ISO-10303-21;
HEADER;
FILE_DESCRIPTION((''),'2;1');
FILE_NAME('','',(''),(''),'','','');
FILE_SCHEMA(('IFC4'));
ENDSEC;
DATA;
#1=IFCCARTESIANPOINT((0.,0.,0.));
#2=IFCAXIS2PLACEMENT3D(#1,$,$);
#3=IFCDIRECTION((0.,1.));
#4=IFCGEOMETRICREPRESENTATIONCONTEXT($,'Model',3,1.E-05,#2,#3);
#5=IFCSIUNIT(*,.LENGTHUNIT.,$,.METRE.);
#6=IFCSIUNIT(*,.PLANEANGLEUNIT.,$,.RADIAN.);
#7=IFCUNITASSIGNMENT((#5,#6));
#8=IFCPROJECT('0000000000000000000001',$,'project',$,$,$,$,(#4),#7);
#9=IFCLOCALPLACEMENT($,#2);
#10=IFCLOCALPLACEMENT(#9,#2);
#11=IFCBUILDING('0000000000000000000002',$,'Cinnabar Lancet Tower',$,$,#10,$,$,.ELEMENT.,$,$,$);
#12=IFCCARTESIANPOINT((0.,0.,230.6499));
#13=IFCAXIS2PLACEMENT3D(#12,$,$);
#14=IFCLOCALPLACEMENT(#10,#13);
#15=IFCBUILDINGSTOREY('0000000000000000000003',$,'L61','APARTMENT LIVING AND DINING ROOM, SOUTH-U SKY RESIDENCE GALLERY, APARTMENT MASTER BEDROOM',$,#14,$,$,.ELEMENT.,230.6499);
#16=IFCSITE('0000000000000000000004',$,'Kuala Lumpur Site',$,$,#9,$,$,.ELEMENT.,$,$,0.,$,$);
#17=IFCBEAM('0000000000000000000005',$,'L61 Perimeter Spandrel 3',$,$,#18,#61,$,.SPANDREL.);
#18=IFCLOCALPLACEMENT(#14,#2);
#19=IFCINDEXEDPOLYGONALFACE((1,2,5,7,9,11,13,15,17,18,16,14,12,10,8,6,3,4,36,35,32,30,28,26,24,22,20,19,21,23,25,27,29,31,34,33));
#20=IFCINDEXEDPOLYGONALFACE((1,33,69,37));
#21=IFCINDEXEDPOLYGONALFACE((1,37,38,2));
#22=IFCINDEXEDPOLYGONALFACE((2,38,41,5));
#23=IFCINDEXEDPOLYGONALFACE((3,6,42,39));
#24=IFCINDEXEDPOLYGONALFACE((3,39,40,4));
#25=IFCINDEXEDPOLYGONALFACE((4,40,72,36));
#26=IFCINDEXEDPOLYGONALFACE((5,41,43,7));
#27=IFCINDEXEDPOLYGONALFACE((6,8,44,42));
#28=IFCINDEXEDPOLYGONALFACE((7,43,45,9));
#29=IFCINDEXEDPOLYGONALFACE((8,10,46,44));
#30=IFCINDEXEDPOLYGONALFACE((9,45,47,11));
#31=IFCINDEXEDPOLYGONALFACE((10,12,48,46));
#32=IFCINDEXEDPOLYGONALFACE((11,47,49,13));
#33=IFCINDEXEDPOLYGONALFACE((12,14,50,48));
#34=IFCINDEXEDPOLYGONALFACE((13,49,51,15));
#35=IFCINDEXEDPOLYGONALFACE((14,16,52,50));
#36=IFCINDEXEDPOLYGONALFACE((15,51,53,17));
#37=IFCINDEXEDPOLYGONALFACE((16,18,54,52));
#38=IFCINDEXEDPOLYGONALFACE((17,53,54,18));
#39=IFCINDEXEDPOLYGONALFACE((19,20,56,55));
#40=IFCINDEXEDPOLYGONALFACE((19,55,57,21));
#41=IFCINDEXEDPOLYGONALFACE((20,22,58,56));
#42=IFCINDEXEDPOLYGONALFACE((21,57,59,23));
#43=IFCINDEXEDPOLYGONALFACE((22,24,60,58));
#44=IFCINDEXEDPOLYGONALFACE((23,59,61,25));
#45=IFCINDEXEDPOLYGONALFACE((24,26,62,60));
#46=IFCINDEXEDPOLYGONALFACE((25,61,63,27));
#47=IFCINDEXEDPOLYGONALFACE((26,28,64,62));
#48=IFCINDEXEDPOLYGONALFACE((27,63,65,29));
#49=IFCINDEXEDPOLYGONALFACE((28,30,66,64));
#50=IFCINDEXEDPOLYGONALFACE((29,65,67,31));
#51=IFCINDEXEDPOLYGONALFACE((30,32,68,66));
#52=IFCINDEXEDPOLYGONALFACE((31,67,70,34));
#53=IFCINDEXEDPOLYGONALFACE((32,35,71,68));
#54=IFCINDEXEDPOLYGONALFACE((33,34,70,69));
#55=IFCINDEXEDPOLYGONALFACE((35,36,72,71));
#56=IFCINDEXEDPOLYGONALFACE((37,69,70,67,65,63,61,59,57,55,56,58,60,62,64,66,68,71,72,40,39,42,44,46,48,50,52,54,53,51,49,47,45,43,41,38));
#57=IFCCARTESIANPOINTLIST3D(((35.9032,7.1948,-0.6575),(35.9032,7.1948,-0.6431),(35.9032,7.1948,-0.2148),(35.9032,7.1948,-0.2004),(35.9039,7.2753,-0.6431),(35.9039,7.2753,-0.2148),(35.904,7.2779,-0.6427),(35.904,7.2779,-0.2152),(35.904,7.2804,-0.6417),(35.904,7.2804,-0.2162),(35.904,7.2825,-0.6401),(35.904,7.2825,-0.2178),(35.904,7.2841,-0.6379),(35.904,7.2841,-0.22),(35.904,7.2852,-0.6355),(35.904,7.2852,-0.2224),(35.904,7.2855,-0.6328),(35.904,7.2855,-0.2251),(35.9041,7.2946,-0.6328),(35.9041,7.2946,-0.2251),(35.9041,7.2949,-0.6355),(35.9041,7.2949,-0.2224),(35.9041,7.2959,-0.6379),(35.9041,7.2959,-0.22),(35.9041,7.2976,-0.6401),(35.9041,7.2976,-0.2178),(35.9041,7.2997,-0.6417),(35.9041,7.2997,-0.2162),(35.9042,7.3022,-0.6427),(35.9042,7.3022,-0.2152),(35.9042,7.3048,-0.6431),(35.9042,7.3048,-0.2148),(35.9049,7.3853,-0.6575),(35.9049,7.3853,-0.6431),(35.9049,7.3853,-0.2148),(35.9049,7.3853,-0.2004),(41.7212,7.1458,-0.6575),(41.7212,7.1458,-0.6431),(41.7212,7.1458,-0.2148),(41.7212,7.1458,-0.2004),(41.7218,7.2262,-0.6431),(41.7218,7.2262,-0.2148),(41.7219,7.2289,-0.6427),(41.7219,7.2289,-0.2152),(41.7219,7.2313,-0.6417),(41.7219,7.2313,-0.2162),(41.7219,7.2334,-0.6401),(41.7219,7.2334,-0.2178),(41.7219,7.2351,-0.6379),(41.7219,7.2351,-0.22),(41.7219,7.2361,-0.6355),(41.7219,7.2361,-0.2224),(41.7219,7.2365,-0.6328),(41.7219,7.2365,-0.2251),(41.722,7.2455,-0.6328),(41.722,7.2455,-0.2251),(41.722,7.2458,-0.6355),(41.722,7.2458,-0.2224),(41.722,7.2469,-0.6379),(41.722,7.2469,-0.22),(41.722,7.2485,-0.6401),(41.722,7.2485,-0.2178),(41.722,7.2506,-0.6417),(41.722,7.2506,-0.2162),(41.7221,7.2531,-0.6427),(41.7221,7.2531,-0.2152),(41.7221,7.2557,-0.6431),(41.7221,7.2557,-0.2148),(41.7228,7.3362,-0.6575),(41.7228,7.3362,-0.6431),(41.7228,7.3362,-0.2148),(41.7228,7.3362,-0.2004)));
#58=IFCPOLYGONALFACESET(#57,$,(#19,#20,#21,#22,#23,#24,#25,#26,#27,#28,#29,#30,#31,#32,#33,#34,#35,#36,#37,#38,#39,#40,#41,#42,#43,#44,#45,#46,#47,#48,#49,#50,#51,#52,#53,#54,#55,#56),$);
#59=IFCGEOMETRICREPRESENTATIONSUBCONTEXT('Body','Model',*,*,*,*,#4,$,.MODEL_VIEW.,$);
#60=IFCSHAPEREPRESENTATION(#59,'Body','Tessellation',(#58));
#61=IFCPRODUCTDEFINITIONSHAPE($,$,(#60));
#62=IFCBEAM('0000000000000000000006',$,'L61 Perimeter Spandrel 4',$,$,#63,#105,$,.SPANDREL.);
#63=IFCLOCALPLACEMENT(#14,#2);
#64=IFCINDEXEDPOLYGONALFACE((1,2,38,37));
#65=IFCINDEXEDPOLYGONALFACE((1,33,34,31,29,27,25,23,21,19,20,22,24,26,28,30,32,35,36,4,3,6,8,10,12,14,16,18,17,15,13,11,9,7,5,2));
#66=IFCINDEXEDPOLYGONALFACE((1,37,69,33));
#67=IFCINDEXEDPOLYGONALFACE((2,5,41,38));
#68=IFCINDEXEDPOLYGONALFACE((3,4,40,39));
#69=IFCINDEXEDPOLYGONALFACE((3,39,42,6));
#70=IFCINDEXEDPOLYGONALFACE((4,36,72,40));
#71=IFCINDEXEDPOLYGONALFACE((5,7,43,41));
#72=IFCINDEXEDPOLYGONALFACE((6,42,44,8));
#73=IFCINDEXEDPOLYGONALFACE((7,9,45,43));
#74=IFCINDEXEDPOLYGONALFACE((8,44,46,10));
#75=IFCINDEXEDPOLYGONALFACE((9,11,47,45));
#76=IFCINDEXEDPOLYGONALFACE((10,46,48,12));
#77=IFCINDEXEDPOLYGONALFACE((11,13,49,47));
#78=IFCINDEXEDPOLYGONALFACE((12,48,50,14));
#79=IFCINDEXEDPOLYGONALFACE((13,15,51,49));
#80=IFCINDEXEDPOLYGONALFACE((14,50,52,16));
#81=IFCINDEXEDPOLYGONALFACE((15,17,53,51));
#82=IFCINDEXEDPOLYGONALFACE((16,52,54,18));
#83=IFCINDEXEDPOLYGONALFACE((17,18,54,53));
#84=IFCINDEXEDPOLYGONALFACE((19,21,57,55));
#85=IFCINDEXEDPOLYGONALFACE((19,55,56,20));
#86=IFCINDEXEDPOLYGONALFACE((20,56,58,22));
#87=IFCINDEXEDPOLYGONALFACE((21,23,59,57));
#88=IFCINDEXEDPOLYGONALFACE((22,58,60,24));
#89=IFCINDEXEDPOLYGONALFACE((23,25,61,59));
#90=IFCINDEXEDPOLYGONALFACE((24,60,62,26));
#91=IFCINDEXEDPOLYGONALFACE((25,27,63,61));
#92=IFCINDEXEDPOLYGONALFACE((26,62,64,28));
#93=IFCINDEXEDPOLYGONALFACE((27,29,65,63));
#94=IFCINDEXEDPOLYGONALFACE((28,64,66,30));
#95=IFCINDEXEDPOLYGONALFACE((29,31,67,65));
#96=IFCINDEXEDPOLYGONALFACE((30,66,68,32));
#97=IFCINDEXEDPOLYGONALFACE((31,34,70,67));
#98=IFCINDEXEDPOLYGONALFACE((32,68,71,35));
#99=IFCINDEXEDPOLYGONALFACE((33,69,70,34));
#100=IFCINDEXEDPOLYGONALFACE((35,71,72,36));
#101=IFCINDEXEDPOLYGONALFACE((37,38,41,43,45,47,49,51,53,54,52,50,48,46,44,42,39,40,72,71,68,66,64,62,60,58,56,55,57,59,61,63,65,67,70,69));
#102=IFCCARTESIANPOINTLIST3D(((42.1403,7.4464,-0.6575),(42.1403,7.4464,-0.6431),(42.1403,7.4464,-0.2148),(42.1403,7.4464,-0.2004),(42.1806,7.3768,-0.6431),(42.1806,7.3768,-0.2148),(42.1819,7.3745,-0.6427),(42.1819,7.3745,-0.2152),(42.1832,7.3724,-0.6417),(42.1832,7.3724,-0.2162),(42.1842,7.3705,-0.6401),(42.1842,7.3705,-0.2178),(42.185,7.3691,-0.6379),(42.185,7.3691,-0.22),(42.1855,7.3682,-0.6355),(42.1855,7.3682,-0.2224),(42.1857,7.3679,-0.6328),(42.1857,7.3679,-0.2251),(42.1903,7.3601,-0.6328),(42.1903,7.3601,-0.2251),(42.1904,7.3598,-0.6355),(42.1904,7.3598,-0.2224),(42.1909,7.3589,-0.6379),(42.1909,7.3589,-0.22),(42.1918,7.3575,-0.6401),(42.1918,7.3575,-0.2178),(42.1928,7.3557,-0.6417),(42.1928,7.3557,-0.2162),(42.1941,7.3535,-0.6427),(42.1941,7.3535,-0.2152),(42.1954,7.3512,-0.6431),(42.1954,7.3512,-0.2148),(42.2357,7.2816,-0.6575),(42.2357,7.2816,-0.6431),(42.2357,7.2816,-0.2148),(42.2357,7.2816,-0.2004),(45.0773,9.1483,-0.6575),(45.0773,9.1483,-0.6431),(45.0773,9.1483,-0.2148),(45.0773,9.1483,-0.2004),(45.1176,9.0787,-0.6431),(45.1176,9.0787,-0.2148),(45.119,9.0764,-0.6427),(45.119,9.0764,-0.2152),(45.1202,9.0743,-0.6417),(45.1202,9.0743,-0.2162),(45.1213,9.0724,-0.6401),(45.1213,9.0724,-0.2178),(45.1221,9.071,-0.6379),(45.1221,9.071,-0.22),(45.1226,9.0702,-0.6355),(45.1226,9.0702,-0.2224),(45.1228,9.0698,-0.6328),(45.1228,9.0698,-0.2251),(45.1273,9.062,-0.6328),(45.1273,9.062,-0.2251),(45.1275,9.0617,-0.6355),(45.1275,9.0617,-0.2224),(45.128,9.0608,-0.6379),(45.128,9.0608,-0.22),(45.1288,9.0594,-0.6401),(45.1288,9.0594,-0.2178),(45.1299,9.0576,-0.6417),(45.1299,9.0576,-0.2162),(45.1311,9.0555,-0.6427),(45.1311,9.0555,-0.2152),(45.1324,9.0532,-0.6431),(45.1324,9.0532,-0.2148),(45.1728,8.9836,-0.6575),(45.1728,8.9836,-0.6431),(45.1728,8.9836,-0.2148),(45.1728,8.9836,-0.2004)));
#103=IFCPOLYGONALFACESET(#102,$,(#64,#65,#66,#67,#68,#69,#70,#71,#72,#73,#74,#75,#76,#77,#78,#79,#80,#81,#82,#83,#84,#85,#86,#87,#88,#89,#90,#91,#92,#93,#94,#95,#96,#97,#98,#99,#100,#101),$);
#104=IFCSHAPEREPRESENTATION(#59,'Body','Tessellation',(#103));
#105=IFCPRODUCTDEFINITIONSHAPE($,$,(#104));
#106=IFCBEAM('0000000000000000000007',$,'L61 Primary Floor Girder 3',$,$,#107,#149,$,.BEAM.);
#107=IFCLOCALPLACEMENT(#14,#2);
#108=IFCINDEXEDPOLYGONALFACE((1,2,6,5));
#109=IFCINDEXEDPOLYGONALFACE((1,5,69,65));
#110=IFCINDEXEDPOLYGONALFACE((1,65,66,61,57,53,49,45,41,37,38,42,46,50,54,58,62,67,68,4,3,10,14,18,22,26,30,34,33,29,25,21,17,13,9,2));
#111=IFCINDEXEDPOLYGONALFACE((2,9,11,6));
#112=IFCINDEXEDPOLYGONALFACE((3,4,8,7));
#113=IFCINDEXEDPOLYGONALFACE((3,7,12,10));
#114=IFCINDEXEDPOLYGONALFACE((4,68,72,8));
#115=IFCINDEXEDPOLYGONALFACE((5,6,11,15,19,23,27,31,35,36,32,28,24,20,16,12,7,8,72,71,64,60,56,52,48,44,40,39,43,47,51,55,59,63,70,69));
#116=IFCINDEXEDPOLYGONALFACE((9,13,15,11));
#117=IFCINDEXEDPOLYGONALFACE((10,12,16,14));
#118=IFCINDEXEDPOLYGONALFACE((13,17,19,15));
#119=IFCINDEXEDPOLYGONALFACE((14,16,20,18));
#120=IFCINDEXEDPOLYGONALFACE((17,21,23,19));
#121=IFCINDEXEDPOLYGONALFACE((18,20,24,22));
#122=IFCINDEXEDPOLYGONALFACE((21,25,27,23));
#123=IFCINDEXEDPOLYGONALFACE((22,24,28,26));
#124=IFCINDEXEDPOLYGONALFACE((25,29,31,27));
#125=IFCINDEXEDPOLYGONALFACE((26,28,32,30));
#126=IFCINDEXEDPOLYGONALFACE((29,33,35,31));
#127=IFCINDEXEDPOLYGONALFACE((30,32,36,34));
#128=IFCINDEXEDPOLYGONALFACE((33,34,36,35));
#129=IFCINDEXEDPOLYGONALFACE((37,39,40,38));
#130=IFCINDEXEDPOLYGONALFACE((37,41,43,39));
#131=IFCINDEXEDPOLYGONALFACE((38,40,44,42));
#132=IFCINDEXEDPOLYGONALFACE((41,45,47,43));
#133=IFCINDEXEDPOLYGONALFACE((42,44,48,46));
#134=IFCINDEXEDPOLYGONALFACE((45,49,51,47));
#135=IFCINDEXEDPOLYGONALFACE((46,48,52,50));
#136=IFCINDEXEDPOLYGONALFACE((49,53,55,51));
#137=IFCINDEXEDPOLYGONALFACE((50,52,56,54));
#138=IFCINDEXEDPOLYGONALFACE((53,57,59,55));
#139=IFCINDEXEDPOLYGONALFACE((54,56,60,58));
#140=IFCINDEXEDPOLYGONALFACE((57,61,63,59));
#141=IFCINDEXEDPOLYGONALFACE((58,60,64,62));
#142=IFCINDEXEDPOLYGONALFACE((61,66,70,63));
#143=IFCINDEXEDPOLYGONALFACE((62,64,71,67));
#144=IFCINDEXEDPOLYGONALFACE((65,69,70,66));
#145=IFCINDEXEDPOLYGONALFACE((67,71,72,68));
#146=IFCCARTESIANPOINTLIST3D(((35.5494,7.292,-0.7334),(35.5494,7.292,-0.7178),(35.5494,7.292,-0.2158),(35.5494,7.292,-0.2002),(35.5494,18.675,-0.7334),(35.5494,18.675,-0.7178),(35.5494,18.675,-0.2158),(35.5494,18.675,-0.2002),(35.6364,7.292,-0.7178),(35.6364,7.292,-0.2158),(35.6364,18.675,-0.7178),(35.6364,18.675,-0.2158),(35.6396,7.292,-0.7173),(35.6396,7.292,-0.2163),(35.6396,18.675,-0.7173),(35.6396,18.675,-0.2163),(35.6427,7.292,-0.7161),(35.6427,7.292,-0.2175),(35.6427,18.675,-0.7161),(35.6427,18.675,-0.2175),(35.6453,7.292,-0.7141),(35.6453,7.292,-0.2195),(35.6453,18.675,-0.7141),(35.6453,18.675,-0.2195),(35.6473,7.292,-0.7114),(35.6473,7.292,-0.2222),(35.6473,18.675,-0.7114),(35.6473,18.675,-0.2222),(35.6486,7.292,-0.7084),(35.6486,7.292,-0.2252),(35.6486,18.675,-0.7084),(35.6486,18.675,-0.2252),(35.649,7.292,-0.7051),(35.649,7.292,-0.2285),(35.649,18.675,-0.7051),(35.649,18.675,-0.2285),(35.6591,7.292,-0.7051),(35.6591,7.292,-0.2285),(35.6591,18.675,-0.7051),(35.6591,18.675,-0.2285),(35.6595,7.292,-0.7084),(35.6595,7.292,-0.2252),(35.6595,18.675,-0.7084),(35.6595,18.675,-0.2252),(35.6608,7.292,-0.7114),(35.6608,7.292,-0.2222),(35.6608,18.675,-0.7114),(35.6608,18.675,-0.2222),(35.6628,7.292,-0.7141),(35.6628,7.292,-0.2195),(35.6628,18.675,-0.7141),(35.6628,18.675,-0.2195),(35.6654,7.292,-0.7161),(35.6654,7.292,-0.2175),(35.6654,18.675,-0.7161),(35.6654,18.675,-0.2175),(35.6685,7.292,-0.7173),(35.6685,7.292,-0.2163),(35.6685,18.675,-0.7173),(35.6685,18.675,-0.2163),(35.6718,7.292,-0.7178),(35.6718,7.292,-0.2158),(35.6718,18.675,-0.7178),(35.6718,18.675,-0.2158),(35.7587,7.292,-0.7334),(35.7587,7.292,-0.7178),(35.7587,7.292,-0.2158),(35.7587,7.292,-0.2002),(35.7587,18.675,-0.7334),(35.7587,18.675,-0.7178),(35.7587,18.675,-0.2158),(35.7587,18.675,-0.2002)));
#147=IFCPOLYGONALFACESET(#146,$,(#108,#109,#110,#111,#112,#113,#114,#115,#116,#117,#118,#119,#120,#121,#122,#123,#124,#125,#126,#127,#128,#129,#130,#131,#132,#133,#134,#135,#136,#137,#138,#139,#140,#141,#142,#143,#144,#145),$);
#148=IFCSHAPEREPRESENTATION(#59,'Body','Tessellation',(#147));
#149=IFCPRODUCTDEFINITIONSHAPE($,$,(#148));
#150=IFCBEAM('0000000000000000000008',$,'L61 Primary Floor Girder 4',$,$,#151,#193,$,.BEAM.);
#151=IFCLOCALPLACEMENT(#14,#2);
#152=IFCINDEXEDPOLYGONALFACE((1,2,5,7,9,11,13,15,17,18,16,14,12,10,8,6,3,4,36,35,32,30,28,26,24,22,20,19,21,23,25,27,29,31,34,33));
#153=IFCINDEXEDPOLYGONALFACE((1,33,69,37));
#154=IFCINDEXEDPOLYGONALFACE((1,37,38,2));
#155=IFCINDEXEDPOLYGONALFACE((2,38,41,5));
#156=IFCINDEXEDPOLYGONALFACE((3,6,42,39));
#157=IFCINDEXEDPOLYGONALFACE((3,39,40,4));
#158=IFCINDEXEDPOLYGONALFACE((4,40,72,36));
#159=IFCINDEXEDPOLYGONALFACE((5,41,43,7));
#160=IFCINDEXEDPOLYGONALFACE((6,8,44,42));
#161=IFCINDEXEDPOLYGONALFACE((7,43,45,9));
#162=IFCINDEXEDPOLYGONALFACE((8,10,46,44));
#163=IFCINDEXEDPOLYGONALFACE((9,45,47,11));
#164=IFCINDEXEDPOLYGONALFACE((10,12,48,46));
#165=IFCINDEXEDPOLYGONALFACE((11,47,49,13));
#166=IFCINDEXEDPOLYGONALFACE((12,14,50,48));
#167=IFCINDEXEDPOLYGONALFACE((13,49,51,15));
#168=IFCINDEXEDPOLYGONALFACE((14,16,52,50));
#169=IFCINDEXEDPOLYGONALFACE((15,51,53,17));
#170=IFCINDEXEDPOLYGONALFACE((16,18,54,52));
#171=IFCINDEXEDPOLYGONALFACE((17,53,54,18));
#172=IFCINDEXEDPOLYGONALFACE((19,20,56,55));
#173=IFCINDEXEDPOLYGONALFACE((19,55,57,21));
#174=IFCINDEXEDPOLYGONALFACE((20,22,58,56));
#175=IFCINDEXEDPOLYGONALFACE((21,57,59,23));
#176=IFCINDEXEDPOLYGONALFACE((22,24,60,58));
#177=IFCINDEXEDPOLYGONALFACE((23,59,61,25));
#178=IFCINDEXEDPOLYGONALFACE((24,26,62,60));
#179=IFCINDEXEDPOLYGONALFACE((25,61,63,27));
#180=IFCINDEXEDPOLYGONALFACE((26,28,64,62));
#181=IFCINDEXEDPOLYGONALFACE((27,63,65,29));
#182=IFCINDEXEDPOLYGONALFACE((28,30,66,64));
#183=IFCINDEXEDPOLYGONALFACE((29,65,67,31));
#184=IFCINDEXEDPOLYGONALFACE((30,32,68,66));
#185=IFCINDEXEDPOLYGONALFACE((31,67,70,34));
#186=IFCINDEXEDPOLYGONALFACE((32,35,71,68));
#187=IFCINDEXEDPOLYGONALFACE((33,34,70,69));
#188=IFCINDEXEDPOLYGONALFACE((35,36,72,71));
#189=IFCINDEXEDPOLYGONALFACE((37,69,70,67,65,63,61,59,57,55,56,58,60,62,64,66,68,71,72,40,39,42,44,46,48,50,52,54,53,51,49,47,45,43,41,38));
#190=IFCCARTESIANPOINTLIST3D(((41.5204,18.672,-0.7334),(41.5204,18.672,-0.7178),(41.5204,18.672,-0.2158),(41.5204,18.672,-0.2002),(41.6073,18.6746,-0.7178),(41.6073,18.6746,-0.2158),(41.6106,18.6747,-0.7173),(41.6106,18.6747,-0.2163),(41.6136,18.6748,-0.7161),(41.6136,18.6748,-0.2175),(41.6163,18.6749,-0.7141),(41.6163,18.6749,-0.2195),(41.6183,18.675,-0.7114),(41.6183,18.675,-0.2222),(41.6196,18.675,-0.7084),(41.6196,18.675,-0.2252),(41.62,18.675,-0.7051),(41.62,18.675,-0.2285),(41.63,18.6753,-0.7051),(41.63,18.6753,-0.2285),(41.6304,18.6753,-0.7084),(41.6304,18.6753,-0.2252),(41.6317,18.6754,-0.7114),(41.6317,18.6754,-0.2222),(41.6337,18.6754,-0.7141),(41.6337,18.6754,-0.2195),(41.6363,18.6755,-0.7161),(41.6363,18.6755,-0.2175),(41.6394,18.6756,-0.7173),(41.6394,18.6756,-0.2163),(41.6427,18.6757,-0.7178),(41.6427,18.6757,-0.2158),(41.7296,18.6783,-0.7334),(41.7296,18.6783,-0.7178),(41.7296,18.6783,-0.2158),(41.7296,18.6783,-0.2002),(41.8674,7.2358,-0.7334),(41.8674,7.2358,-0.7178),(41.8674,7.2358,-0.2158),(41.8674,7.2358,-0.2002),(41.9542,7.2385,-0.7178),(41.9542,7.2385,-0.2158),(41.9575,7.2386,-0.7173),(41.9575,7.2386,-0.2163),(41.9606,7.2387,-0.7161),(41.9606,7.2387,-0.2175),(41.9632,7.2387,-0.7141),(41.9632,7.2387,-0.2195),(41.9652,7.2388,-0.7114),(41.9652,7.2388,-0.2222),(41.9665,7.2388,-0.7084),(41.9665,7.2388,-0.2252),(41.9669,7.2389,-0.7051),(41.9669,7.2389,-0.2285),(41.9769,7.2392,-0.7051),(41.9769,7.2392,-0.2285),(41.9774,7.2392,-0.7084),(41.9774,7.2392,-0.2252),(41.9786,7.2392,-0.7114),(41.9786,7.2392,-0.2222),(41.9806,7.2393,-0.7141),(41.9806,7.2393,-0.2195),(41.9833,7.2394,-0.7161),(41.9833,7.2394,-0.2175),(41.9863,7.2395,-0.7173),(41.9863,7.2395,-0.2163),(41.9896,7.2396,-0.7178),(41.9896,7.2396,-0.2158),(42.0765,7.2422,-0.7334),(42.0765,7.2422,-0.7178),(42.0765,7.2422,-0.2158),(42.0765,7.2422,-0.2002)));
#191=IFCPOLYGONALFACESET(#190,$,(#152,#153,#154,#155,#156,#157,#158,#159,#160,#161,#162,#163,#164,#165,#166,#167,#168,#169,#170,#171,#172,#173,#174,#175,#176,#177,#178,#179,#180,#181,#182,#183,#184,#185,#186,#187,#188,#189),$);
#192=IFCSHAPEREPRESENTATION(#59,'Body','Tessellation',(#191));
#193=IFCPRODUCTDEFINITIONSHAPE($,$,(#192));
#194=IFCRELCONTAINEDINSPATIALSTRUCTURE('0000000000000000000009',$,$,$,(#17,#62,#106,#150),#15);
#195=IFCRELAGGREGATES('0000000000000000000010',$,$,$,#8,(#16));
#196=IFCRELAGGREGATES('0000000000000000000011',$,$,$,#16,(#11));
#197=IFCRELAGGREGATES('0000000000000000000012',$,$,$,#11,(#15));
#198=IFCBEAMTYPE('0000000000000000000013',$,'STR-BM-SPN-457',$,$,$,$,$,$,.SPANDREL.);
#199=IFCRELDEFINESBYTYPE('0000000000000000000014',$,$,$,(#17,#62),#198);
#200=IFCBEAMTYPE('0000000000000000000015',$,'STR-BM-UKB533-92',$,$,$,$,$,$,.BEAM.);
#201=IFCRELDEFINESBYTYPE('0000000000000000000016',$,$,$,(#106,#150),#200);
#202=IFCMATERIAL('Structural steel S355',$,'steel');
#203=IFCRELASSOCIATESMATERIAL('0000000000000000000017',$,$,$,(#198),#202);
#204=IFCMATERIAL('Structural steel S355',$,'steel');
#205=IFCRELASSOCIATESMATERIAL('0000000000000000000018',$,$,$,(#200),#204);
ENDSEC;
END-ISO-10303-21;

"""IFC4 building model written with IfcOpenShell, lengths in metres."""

from ifc_helpers import new_model, si_unit, direction, frame, origin, origin_2d, place, context, subcontext, project, spatial, i_section, extrude, material, material_profile, profile_set, type_object, element, save


model = new_model("IFC4")

# Units and contexts
model_context = context("Model", 3, precision=1e-05, world=origin(), true_north=direction((0.0, 1.0)))
body_context = subcontext(model_context, "Body", "Model", "MODEL_VIEW")
ifc_project = project(units=[si_unit("LENGTHUNIT", "METRE"), si_unit("PLANEANGLEUNIT", "RADIAN")], contexts=[model_context])

# Site, building, storey
site_placement = place(None, origin())
site = spatial("IfcSite", under=ifc_project, at=site_placement, Name="Kuala Lumpur Site", CompositionType="ELEMENT", RefElevation=0.0)
building_placement = place(site_placement, origin())
building = spatial("IfcBuilding", under=site, at=building_placement, Name="Cinnabar Lancet Tower", CompositionType="ELEMENT")
storey_placement = place(building_placement, frame((0.0, 0.0, 230.6499)))
storey = spatial("IfcBuildingStorey", under=building, at=storey_placement, Name="L61", Description="APARTMENT LIVING AND DINING ROOM, SOUTH-U SKY RESIDENCE GALLERY, APARTMENT MASTER BEDROOM", CompositionType="ELEMENT", Elevation=230.6499)

# Beams
ifc_material_1 = material(Name="Structural steel S355", Category="steel")
ifc_material_profile_1 = material_profile(ifc_material_1, i_section(OverallWidth=0.1904, OverallDepth=0.457, WebThickness=0.009, FlangeThickness=0.0144, FilletRadius=0.0103, at=origin_2d()), Name="UKB 457x191x74")
ifc_profile_set_1 = profile_set([ifc_material_profile_1], Name="Structural steel S355")
beam_type_1 = type_object("IfcBeamType", Name="STR-BM-SPN-457", PredefinedType="SPANDREL", material=ifc_profile_set_1)
beam_1_placement = place(storey_placement, frame((35.9041, 7.29, -0.429), z_axis=(0.999964, -0.008434, 0.0), x_axis=(0.008434, 0.999964, 0.0)))
element("IfcBeam", 1, at=beam_1_placement, inside=storey, type_object=beam_type_1, Name="L61 Perimeter Spandrel 3", PredefinedType="SPANDREL", context=body_context, shape_type="SweptSolid", body=[
    extrude(i_section(OverallWidth=0.1904, OverallDepth=0.457, WebThickness=0.009, FlangeThickness=0.0144, FilletRadius=0.0103, at=origin_2d()), origin(), (0.0, 0.0, 1.0), 5.8181),
])
beam_2_placement = place(storey_placement, frame((42.188, 7.364, -0.429), z_axis=(0.865231, 0.501374, 0.0), x_axis=(-0.501374, 0.865231, 0.0)))
element("IfcBeam", 2, at=beam_2_placement, inside=storey, type_object=beam_type_1, Name="L61 Perimeter Spandrel 4", PredefinedType="SPANDREL", context=body_context, shape_type="SweptSolid", body=[
    extrude(i_section(OverallWidth=0.1904, OverallDepth=0.457, WebThickness=0.009, FlangeThickness=0.0144, FilletRadius=0.0103, at=origin_2d()), origin(), (0.0, 0.0, 1.0), 3.3945),
])
ifc_material_2 = material(Name="Structural steel S355", Category="steel")
ifc_material_profile_2 = material_profile(ifc_material_2, i_section(OverallWidth=0.2092, OverallDepth=0.5332, WebThickness=0.01, FlangeThickness=0.0156, FilletRadius=0.0127, at=origin_2d()), Name="UKB 533x210x92")
ifc_profile_set_2 = profile_set([ifc_material_profile_2], Name="Structural steel S355")
beam_type_2 = type_object("IfcBeamType", Name="STR-BM-UKB533-92", PredefinedType="BEAM", material=ifc_profile_set_2)
beam_3_placement = place(storey_placement, frame((35.6541, 7.292, -0.4668), z_axis=(0.0, 1.0, 0.0), x_axis=(-1.0, 0.0, 0.0)))
element("IfcBeam", 3, at=beam_3_placement, inside=storey, type_object=beam_type_2, Name="L61 Primary Floor Girder 3", PredefinedType="BEAM", context=body_context, shape_type="SweptSolid", body=[
    extrude(i_section(OverallWidth=0.2092, OverallDepth=0.5332, WebThickness=0.01, FlangeThickness=0.0156, FilletRadius=0.0127, at=origin_2d()), origin(), (0.0, 0.0, 1.0), 11.3831),
])
beam_4_placement = place(storey_placement, frame((41.9719, 7.239, -0.4668), z_axis=(-0.030322, 0.99954, 0.0), x_axis=(-0.99954, -0.030322, 0.0)))
element("IfcBeam", 4, at=beam_4_placement, inside=storey, type_object=beam_type_2, Name="L61 Primary Floor Girder 4", PredefinedType="BEAM", context=body_context, shape_type="SweptSolid", body=[
    extrude(i_section(OverallWidth=0.2092, OverallDepth=0.5332, WebThickness=0.01, FlangeThickness=0.0156, FilletRadius=0.0127, at=origin_2d()), origin(), (0.0, 0.0, 1.0), 11.4414),
])

save(model, "model.ifc")
